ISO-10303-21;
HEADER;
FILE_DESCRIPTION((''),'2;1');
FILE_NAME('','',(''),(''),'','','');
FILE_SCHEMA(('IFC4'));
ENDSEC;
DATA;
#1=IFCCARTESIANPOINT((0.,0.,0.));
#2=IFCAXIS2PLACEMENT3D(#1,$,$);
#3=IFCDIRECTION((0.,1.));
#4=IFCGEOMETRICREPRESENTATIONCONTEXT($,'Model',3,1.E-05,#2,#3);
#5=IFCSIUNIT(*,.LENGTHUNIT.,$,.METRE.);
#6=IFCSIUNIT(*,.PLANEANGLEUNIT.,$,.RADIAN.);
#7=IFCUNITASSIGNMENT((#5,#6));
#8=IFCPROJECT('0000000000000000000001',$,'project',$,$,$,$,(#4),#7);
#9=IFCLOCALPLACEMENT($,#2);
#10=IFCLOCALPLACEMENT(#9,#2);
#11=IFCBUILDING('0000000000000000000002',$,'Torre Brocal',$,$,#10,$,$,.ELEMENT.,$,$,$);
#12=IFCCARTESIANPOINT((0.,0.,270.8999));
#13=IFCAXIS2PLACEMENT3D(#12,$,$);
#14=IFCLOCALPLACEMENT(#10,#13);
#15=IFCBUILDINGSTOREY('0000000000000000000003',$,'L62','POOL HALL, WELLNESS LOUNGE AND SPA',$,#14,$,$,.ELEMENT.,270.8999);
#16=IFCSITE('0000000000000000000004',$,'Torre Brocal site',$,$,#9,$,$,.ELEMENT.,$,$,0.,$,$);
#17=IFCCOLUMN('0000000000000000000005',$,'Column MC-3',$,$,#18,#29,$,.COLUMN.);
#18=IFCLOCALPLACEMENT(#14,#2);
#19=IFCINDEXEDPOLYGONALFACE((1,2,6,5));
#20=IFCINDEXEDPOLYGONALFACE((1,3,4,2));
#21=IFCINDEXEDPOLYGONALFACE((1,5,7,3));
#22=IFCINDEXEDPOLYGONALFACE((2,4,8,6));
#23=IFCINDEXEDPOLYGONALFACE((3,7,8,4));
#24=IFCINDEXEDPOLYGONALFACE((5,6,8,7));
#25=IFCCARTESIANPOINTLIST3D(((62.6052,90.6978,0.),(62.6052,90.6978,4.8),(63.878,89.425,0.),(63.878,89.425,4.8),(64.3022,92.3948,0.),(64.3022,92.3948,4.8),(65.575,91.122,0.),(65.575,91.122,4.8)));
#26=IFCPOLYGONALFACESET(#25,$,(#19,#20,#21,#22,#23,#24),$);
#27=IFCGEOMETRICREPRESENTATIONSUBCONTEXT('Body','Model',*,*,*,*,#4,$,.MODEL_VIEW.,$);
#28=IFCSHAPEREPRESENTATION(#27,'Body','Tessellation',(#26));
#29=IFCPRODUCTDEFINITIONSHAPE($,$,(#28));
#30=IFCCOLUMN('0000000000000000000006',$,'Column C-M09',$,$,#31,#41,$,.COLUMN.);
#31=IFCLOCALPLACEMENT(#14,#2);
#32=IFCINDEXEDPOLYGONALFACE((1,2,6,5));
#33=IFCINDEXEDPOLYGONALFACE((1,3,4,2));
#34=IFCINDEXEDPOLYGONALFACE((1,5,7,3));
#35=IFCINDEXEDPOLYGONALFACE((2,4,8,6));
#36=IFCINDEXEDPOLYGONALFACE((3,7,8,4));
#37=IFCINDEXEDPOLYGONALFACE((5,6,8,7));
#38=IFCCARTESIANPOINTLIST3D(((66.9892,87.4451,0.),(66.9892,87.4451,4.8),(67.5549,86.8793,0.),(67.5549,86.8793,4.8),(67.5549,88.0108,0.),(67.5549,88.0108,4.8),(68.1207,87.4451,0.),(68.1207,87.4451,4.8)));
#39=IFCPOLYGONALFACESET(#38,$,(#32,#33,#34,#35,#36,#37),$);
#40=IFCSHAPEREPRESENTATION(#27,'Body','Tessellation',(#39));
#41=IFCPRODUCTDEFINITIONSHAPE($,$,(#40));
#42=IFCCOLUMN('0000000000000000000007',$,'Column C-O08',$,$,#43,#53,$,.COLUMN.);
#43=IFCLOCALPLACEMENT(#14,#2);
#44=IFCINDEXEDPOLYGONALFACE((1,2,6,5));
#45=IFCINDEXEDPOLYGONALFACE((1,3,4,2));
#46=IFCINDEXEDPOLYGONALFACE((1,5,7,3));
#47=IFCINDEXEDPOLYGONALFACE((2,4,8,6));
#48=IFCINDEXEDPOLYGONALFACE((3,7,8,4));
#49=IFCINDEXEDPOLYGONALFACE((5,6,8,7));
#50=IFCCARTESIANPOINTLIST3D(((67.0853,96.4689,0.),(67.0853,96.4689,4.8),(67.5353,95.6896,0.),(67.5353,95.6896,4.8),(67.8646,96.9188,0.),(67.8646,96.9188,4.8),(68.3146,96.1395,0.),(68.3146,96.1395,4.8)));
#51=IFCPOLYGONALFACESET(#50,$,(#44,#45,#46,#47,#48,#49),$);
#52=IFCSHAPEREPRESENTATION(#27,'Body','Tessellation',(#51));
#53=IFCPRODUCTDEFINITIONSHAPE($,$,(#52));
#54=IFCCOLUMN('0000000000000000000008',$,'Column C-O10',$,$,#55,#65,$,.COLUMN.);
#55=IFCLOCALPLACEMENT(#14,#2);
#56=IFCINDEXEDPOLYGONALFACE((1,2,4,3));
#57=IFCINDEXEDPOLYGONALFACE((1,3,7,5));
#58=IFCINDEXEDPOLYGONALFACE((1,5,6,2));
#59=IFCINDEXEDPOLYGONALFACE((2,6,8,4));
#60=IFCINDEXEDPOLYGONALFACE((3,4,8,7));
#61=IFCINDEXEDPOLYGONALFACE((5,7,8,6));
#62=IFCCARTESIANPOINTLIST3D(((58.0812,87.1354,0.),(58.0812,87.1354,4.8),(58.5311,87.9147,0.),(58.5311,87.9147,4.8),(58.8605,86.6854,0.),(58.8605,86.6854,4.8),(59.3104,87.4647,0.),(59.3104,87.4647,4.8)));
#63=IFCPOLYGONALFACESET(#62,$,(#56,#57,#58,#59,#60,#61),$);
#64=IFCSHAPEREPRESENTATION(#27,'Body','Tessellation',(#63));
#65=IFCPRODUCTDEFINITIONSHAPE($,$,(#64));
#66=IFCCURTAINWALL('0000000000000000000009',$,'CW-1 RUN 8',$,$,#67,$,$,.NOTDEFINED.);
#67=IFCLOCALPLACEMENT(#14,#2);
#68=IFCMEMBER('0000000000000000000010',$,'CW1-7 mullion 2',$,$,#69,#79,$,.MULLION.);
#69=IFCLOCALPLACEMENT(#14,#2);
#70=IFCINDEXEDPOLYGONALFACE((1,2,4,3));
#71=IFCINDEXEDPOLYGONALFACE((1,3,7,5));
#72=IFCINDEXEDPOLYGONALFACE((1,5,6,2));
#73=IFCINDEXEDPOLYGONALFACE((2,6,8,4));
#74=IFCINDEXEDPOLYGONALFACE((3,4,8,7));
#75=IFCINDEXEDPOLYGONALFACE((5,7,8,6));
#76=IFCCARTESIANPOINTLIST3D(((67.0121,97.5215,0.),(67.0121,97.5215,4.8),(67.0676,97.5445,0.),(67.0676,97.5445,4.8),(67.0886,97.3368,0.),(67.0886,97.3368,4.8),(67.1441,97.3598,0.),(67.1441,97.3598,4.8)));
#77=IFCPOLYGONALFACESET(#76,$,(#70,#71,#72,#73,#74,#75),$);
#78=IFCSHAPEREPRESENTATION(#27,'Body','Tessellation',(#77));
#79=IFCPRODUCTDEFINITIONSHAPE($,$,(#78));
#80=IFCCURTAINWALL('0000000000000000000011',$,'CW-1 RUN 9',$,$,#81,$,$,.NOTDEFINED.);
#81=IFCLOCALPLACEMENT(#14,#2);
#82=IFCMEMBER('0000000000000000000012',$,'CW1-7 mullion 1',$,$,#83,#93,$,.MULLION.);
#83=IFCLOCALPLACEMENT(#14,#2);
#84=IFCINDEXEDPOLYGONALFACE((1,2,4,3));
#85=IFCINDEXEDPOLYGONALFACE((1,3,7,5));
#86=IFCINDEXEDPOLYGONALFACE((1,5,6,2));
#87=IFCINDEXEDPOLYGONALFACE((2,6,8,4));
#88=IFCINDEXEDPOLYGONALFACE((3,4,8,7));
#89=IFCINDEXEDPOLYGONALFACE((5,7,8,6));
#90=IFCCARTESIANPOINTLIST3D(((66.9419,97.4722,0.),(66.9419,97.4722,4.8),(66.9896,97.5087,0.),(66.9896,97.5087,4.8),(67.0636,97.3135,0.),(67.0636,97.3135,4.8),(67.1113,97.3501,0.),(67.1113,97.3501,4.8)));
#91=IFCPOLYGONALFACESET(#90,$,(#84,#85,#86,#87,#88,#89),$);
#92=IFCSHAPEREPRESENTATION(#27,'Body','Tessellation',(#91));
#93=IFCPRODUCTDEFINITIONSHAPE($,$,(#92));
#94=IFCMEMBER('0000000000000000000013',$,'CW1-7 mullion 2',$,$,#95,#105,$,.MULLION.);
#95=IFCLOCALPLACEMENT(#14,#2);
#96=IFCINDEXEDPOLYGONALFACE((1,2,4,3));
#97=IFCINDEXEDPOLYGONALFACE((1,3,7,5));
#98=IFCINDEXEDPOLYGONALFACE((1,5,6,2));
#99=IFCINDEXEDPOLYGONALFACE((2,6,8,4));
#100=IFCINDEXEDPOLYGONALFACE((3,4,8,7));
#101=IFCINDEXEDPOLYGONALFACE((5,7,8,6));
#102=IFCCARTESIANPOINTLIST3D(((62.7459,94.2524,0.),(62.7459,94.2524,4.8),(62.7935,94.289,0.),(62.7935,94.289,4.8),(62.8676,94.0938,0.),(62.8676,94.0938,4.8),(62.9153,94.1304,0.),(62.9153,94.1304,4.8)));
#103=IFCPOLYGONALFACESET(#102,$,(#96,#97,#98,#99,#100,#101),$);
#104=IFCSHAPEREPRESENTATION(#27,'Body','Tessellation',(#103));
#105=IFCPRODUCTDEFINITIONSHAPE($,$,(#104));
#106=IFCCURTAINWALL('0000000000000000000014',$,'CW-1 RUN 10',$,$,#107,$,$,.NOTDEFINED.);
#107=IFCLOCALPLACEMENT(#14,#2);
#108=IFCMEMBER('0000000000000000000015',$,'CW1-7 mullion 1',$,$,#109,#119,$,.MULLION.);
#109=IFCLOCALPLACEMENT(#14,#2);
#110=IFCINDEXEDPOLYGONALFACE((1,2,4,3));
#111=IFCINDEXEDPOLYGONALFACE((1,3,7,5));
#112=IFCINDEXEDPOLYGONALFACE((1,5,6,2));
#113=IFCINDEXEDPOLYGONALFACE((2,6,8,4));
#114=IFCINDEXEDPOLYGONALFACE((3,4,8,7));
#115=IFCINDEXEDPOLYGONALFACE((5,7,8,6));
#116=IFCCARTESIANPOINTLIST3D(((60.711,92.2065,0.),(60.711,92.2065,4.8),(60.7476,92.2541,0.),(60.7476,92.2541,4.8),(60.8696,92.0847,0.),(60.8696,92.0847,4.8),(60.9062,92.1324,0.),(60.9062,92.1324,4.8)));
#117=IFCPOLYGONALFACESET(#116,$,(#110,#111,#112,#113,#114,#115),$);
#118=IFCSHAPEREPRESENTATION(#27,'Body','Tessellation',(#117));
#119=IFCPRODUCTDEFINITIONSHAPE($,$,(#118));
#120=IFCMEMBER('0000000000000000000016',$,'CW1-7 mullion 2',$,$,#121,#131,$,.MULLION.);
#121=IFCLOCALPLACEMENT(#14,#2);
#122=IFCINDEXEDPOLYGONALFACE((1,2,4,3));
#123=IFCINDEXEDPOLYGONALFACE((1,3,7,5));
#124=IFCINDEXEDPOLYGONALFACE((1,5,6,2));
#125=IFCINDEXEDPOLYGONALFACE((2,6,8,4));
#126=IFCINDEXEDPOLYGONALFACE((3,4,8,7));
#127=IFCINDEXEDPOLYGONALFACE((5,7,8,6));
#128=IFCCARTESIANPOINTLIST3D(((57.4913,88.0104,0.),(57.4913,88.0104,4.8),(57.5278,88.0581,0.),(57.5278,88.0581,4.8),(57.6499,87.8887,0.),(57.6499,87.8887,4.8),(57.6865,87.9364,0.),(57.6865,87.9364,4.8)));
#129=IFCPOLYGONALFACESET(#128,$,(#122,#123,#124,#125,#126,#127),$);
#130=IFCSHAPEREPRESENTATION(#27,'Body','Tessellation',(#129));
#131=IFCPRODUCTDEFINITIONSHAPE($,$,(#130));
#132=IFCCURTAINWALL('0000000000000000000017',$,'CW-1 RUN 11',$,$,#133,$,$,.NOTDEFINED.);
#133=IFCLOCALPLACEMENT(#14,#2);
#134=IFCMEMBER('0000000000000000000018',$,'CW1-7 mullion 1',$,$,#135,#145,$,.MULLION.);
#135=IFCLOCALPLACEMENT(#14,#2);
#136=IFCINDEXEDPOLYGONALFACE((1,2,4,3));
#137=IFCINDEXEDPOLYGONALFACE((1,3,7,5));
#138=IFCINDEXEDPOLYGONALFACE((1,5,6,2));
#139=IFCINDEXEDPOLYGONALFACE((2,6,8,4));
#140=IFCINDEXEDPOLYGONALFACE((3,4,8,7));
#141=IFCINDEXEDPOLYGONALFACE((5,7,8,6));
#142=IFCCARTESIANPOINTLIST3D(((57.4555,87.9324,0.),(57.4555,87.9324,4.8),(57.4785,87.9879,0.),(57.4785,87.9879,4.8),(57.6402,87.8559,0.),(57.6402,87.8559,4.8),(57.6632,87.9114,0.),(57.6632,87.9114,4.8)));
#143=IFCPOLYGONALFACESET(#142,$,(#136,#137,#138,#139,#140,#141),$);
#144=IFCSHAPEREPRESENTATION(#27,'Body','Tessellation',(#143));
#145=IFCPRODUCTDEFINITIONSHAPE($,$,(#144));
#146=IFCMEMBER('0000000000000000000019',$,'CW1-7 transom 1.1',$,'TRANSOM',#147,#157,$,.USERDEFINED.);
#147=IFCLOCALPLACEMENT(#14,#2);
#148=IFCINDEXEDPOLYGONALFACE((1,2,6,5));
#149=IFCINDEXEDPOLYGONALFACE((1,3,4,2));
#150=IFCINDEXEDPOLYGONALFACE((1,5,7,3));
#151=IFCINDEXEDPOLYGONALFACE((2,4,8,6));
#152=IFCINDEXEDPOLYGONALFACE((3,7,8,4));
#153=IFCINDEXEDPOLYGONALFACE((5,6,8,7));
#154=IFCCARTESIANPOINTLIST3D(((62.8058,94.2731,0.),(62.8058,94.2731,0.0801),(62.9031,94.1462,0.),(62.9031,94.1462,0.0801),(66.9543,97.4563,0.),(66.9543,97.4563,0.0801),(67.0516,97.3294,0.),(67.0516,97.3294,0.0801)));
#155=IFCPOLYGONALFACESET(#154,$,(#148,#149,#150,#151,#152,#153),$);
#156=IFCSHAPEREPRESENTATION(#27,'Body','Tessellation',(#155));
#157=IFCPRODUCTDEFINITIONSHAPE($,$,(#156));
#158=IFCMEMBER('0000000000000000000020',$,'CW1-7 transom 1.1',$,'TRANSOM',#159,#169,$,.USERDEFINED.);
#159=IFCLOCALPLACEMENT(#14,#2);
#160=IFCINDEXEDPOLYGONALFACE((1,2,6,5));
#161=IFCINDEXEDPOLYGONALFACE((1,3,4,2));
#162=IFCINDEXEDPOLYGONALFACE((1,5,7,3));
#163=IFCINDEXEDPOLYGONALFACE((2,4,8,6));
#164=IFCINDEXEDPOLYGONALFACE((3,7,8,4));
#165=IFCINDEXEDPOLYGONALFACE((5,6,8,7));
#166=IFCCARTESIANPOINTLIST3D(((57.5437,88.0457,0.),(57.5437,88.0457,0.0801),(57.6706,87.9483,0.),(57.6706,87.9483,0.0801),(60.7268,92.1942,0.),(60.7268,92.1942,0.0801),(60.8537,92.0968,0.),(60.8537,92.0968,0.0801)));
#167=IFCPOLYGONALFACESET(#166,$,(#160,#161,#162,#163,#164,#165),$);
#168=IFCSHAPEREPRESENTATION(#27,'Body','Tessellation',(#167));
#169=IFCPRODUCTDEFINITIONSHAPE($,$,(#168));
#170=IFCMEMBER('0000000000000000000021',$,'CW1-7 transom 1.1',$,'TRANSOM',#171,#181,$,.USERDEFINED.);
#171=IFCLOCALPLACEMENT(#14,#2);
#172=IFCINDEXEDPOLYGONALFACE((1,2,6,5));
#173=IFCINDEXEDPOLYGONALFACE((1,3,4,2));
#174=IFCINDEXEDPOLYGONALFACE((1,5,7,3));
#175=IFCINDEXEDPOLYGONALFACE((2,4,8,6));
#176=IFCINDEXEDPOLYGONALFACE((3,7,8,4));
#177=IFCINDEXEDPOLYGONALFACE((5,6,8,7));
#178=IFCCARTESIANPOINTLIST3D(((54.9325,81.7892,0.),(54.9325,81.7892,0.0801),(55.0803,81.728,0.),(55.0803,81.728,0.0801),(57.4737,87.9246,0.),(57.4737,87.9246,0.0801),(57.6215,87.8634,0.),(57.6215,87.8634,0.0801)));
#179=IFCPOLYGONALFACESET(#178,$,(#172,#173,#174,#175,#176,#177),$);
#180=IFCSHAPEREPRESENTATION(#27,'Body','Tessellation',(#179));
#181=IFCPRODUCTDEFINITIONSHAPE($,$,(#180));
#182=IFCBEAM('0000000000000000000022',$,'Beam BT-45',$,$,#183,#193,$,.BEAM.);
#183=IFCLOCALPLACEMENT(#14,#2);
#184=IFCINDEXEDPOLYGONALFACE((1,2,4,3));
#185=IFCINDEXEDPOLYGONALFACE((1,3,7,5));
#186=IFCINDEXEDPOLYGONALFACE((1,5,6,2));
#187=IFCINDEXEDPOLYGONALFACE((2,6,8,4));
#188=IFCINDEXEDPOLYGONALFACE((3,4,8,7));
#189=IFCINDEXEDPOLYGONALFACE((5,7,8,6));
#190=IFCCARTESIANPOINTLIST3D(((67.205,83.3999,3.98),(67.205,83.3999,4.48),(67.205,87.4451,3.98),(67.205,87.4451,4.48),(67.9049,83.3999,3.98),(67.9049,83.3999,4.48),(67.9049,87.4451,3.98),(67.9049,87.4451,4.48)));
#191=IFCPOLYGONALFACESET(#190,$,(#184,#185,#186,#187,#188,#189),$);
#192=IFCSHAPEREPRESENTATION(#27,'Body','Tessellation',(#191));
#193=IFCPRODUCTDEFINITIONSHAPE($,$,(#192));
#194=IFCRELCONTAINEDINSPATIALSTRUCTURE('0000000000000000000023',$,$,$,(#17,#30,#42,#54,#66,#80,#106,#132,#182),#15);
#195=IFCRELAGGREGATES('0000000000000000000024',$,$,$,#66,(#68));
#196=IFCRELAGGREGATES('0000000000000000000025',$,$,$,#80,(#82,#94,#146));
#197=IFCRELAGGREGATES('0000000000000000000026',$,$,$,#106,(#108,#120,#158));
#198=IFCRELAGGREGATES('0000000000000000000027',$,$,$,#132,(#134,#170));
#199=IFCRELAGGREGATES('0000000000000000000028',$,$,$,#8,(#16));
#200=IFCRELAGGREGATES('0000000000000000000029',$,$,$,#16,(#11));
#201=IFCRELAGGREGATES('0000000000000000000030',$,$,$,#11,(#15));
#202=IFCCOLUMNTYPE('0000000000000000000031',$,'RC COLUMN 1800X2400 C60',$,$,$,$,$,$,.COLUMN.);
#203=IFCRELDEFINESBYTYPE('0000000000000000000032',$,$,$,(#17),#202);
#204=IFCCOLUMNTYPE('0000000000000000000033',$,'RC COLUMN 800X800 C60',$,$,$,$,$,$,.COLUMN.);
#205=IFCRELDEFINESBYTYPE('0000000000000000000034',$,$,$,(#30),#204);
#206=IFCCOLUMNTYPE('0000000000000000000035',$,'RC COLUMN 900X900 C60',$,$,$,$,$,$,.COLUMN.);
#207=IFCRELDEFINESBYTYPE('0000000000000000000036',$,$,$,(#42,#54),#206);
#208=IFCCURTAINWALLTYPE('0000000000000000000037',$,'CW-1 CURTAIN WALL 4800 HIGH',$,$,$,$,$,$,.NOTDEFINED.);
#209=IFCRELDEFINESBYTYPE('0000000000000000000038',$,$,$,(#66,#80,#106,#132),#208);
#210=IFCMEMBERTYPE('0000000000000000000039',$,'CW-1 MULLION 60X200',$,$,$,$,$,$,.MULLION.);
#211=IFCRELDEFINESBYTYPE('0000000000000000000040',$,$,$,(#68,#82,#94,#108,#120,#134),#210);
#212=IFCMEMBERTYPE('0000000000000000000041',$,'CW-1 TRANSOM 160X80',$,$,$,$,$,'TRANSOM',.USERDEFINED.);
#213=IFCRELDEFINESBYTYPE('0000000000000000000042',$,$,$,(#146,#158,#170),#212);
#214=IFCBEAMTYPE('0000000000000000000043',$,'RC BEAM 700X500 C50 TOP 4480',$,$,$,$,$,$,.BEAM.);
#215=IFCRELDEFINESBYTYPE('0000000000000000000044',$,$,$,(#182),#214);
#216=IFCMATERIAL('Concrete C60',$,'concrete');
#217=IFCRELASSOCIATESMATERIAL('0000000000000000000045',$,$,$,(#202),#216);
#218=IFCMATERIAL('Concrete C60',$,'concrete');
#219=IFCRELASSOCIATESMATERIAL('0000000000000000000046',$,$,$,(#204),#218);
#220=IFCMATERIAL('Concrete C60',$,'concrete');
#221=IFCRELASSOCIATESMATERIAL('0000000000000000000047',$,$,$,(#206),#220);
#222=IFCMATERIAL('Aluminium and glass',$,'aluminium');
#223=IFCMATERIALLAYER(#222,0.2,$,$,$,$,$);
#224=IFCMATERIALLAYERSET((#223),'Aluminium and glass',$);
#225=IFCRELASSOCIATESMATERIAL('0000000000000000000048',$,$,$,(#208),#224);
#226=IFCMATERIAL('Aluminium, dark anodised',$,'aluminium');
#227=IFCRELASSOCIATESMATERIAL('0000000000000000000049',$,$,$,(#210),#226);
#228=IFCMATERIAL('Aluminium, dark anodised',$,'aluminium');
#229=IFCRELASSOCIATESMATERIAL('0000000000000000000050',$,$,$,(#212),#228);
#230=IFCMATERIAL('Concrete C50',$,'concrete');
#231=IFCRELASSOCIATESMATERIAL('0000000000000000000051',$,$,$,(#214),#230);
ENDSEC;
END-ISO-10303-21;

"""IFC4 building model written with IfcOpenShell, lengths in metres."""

from ifc_helpers import new_model, si_unit, direction, frame, origin, origin_2d, place, context, subcontext, project, spatial, rectangle, extrude, material, layer, layer_set, material_profile, profile_set, type_object, element, aggregate, save


model = new_model("IFC4")

# Units and contexts
model_context = context("Model", 3, precision=1e-05, world=origin(), true_north=direction((0.0, 1.0)))
body_context = subcontext(model_context, "Body", "Model", "MODEL_VIEW")
ifc_project = project(units=[si_unit("LENGTHUNIT", "METRE"), si_unit("PLANEANGLEUNIT", "RADIAN")], contexts=[model_context])

# Site, building, storey
site_placement = place(None, origin())
site = spatial("IfcSite", under=ifc_project, at=site_placement, Name="Torre Brocal site", CompositionType="ELEMENT", RefElevation=0.0)
building_placement = place(site_placement, origin())
building = spatial("IfcBuilding", under=site, at=building_placement, Name="Torre Brocal", CompositionType="ELEMENT")
storey_placement = place(building_placement, frame((0.0, 0.0, 270.8999)))
storey = spatial("IfcBuildingStorey", under=building, at=storey_placement, Name="L62", Description="POOL HALL, WELLNESS LOUNGE AND SPA", CompositionType="ELEMENT", Elevation=270.8999)

# Columns
ifc_material_1 = material(Name="Concrete C60", Category="concrete")
ifc_material_profile_1 = material_profile(ifc_material_1, rectangle(XDim=1.8, YDim=2.3999, at=origin_2d()), Name="RC 1800X2400")
ifc_profile_set_1 = profile_set([ifc_material_profile_1], Name="Concrete C60")
column_type_1 = type_object("IfcColumnType", Name="RC COLUMN 1800X2400 C60", PredefinedType="COLUMN", material=ifc_profile_set_1)
column_1_placement = place(storey_placement, frame((64.0901, 90.9099, 0.0), z_axis=(0.0, 0.0, 1.0), x_axis=(-0.707107, 0.707107, 0.0)))
element("IfcColumn", 1, at=column_1_placement, inside=storey, type_object=column_type_1, Name="Column MC-3", PredefinedType="COLUMN", context=body_context, shape_type="SweptSolid", body=[
    extrude(rectangle(XDim=1.8, YDim=2.3999, at=origin_2d()), origin(), (0.0, 0.0, 1.0), 4.8),
])
ifc_material_2 = material(Name="Concrete C60", Category="concrete")
ifc_material_profile_2 = material_profile(ifc_material_2, rectangle(XDim=0.8, YDim=0.8, at=origin_2d()), Name="RC 800X800")
ifc_profile_set_2 = profile_set([ifc_material_profile_2], Name="Concrete C60")
column_type_2 = type_object("IfcColumnType", Name="RC COLUMN 800X800 C60", PredefinedType="COLUMN", material=ifc_profile_set_2)
column_2_placement = place(storey_placement, frame((67.5549, 87.4451, 0.0), z_axis=(0.0, 0.0, 1.0), x_axis=(-0.707107, 0.707107, 0.0)))
element("IfcColumn", 2, at=column_2_placement, inside=storey, type_object=column_type_2, Name="Column C-M09", PredefinedType="COLUMN", context=body_context, shape_type="SweptSolid", body=[
    extrude(rectangle(XDim=0.8, YDim=0.8, at=origin_2d()), origin(), (0.0, 0.0, 1.0), 4.8),
])
ifc_material_3 = material(Name="Concrete C60", Category="concrete")
ifc_material_profile_3 = material_profile(ifc_material_3, rectangle(XDim=0.8999, YDim=0.8999, at=origin_2d()), Name="RC 900X900")
ifc_profile_set_3 = profile_set([ifc_material_profile_3], Name="Concrete C60")
column_type_3 = type_object("IfcColumnType", Name="RC COLUMN 900X900 C60", PredefinedType="COLUMN", material=ifc_profile_set_3)
for number, where, z_axis, x_axis, name in (
    (3, (67.7, 96.3042, 0.0), (0.0, 0.0, 1.0), (-0.5, 0.866025, 0.0), "Column C-O08"),
    (4, (58.6958, 87.3, 0.0), (0.0, 0.0, 1.0), (-0.866025, 0.5, 0.0), "Column C-O10"),
):
    element("IfcColumn", number, at=place(storey_placement, frame(where, z_axis=z_axis, x_axis=x_axis)), inside=storey, type_object=column_type_3, Name=name, PredefinedType="COLUMN", context=body_context, shape_type="SweptSolid", body=[
        extrude(rectangle(XDim=0.8999, YDim=0.8999, at=origin_2d()), origin(), (0.0, 0.0, 1.0), 4.8),
    ])

# Curtain wall, member
ifc_material_4 = material(Name="Aluminium and glass", Category="aluminium")
ifc_layer_1 = layer(ifc_material_4, 0.2)
ifc_layer_set_1 = layer_set([ifc_layer_1], Name="Aluminium and glass")
curtain_wall_type = type_object("IfcCurtainWallType", Name="CW-1 CURTAIN WALL 4800 HIGH", PredefinedType="NOTDEFINED", material=ifc_layer_set_1)
curtain_wall_1_placement = place(storey_placement, origin())
curtain_wall_1 = element("IfcCurtainWall", 5, at=curtain_wall_1_placement, inside=storey, type_object=curtain_wall_type, Name="CW-1 RUN 8", PredefinedType="NOTDEFINED")
ifc_material_5 = material(Name="Aluminium, dark anodised", Category="aluminium")
ifc_material_profile_4 = material_profile(ifc_material_5, rectangle(XDim=0.2, YDim=0.0601, at=origin_2d()), Name="CW-1 MULLION 60X200")
ifc_profile_set_4 = profile_set([ifc_material_profile_4], Name="Aluminium, dark anodised")
member_type_1 = type_object("IfcMemberType", Name="CW-1 MULLION 60X200", PredefinedType="MULLION", material=ifc_profile_set_4)
member_1_placement = place(storey_placement, frame((67.0781, 97.4407, 0.0), z_axis=(0.0, 0.0, 1.0), x_axis=(0.382683, -0.92388, 0.0)))
member_1 = element("IfcMember", 6, at=member_1_placement, type_object=member_type_1, Name="CW1-7 mullion 2", PredefinedType="MULLION", context=body_context, shape_type="SweptSolid", body=[
    extrude(rectangle(XDim=0.2, YDim=0.0601, at=origin_2d()), origin(), (0.0, 0.0, 1.0), 4.8),
])
aggregate(curtain_wall_1, [member_1])

# Curtain walls, members
curtain_wall_2_placement = place(storey_placement, origin())
curtain_wall_2 = element("IfcCurtainWall", 7, at=curtain_wall_2_placement, inside=storey, type_object=curtain_wall_type, Name="CW-1 RUN 9", PredefinedType="NOTDEFINED")
member_2_placement = place(storey_placement, frame((67.0266, 97.4111, 0.0), z_axis=(0.0, 0.0, 1.0), x_axis=(0.608761, -0.793353, 0.0)))
member_2 = element("IfcMember", 8, at=member_2_placement, type_object=member_type_1, Name="CW1-7 mullion 1", PredefinedType="MULLION", context=body_context, shape_type="SweptSolid", body=[
    extrude(rectangle(XDim=0.2, YDim=0.0601, at=origin_2d()), origin(), (0.0, 0.0, 1.0), 4.8),
])
member_3_placement = place(storey_placement, frame((62.8306, 94.1914, 0.0), z_axis=(0.0, 0.0, 1.0), x_axis=(0.608761, -0.793353, 0.0)))
member_3 = element("IfcMember", 9, at=member_3_placement, type_object=member_type_1, Name="CW1-7 mullion 2", PredefinedType="MULLION", context=body_context, shape_type="SweptSolid", body=[
    extrude(rectangle(XDim=0.2, YDim=0.0601, at=origin_2d()), origin(), (0.0, 0.0, 1.0), 4.8),
])
curtain_wall_3_placement = place(storey_placement, origin())
curtain_wall_3 = element("IfcCurtainWall", 10, at=curtain_wall_3_placement, inside=storey, type_object=curtain_wall_type, Name="CW-1 RUN 10", PredefinedType="NOTDEFINED")
member_4_placement = place(storey_placement, frame((60.8086, 92.1694, 0.0), z_axis=(0.0, 0.0, 1.0), x_axis=(0.793353, -0.608761, 0.0)))
member_4 = element("IfcMember", 11, at=member_4_placement, type_object=member_type_1, Name="CW1-7 mullion 1", PredefinedType="MULLION", context=body_context, shape_type="SweptSolid", body=[
    extrude(rectangle(XDim=0.2, YDim=0.0601, at=origin_2d()), origin(), (0.0, 0.0, 1.0), 4.8),
])
member_5_placement = place(storey_placement, frame((57.5889, 87.9734, 0.0), z_axis=(0.0, 0.0, 1.0), x_axis=(0.793353, -0.608761, 0.0)))
member_5 = element("IfcMember", 12, at=member_5_placement, type_object=member_type_1, Name="CW1-7 mullion 2", PredefinedType="MULLION", context=body_context, shape_type="SweptSolid", body=[
    extrude(rectangle(XDim=0.2, YDim=0.0601, at=origin_2d()), origin(), (0.0, 0.0, 1.0), 4.8),
])

# Curtain wall, member
curtain_wall_4_placement = place(storey_placement, origin())
curtain_wall_4 = element("IfcCurtainWall", 13, at=curtain_wall_4_placement, inside=storey, type_object=curtain_wall_type, Name="CW-1 RUN 11", PredefinedType="NOTDEFINED")
member_6_placement = place(storey_placement, frame((57.5593, 87.9219, 0.0), z_axis=(0.0, 0.0, 1.0), x_axis=(0.92388, -0.382683, 0.0)))
member_6 = element("IfcMember", 14, at=member_6_placement, type_object=member_type_1, Name="CW1-7 mullion 1", PredefinedType="MULLION", context=body_context, shape_type="SweptSolid", body=[
    extrude(rectangle(XDim=0.2, YDim=0.0601, at=origin_2d()), origin(), (0.0, 0.0, 1.0), 4.8),
])

# Members
ifc_material_6 = material(Name="Aluminium, dark anodised", Category="aluminium")
ifc_material_profile_5 = material_profile(ifc_material_6, rectangle(XDim=0.1599, YDim=0.0801, at=origin_2d()), Name="CW-1 TRANSOM 160X80")
ifc_profile_set_5 = profile_set([ifc_material_profile_5], Name="Aluminium, dark anodised")
member_type_2 = type_object("IfcMemberType", Name="CW-1 TRANSOM 160X80", ElementType="TRANSOM", PredefinedType="USERDEFINED", material=ifc_profile_set_5)
member_7_placement = place(storey_placement, frame((67.0029, 97.3928, 0.04), z_axis=(-0.793363, -0.608749, 0.0), x_axis=(0.608749, -0.793363, 0.0)))
member_7 = element("IfcMember", 15, at=member_7_placement, type_object=member_type_2, Name="CW1-7 transom 1.1", ObjectType="TRANSOM", PredefinedType="USERDEFINED", context=body_context, shape_type="SweptSolid", body=[
    extrude(rectangle(XDim=0.1599, YDim=0.0801, at=origin_2d()), origin(), (0.0, 0.0, 1.0), 5.229),
])
member_8_placement = place(storey_placement, frame((60.7903, 92.1455, 0.04), z_axis=(-0.608749, -0.793363, 0.0), x_axis=(0.793363, -0.608749, 0.0)))
member_8 = element("IfcMember", 16, at=member_8_placement, type_object=member_type_2, Name="CW1-7 transom 1.1", ObjectType="TRANSOM", PredefinedType="USERDEFINED", context=body_context, shape_type="SweptSolid", body=[
    extrude(rectangle(XDim=0.1599, YDim=0.0801, at=origin_2d()), origin(), (0.0, 0.0, 1.0), 5.229),
])
member_9_placement = place(storey_placement, frame((57.5476, 87.894, 0.04), z_axis=(-0.382665, -0.923887, 0.0), x_axis=(0.923887, -0.382665, 0.0)))
member_9 = element("IfcMember", 17, at=member_9_placement, type_object=member_type_2, Name="CW1-7 transom 1.1", ObjectType="TRANSOM", PredefinedType="USERDEFINED", context=body_context, shape_type="SweptSolid", body=[
    extrude(rectangle(XDim=0.1599, YDim=0.0801, at=origin_2d()), origin(), (0.0, 0.0, 1.0), 6.6409),
])

# Beam
ifc_material_7 = material(Name="Concrete C50", Category="concrete")
ifc_material_profile_6 = material_profile(ifc_material_7, rectangle(XDim=0.7, YDim=0.5, at=origin_2d()), Name="RC 700X500")
ifc_profile_set_6 = profile_set([ifc_material_profile_6], Name="Concrete C50")
beam_type_1 = type_object("IfcBeamType", Name="RC BEAM 700X500 C50 TOP 4480", PredefinedType="BEAM", material=ifc_profile_set_6)
beam_1_placement = place(storey_placement, frame((67.5549, 87.4451, 4.23), z_axis=(0.0, -1.0, 0.0), x_axis=(1.0, 0.0, 0.0)))
element("IfcBeam", 18, at=beam_1_placement, inside=storey, type_object=beam_type_1, Name="Beam BT-45", PredefinedType="BEAM", context=body_context, shape_type="SweptSolid", body=[
    extrude(rectangle(XDim=0.7, YDim=0.5, at=origin_2d()), origin(), (0.0, 0.0, 1.0), 4.0452),
])

aggregate(curtain_wall_2, [member_2, member_3, member_7])
aggregate(curtain_wall_3, [member_4, member_5, member_8])
aggregate(curtain_wall_4, [member_6, member_9])

save(model, "model.ifc")
